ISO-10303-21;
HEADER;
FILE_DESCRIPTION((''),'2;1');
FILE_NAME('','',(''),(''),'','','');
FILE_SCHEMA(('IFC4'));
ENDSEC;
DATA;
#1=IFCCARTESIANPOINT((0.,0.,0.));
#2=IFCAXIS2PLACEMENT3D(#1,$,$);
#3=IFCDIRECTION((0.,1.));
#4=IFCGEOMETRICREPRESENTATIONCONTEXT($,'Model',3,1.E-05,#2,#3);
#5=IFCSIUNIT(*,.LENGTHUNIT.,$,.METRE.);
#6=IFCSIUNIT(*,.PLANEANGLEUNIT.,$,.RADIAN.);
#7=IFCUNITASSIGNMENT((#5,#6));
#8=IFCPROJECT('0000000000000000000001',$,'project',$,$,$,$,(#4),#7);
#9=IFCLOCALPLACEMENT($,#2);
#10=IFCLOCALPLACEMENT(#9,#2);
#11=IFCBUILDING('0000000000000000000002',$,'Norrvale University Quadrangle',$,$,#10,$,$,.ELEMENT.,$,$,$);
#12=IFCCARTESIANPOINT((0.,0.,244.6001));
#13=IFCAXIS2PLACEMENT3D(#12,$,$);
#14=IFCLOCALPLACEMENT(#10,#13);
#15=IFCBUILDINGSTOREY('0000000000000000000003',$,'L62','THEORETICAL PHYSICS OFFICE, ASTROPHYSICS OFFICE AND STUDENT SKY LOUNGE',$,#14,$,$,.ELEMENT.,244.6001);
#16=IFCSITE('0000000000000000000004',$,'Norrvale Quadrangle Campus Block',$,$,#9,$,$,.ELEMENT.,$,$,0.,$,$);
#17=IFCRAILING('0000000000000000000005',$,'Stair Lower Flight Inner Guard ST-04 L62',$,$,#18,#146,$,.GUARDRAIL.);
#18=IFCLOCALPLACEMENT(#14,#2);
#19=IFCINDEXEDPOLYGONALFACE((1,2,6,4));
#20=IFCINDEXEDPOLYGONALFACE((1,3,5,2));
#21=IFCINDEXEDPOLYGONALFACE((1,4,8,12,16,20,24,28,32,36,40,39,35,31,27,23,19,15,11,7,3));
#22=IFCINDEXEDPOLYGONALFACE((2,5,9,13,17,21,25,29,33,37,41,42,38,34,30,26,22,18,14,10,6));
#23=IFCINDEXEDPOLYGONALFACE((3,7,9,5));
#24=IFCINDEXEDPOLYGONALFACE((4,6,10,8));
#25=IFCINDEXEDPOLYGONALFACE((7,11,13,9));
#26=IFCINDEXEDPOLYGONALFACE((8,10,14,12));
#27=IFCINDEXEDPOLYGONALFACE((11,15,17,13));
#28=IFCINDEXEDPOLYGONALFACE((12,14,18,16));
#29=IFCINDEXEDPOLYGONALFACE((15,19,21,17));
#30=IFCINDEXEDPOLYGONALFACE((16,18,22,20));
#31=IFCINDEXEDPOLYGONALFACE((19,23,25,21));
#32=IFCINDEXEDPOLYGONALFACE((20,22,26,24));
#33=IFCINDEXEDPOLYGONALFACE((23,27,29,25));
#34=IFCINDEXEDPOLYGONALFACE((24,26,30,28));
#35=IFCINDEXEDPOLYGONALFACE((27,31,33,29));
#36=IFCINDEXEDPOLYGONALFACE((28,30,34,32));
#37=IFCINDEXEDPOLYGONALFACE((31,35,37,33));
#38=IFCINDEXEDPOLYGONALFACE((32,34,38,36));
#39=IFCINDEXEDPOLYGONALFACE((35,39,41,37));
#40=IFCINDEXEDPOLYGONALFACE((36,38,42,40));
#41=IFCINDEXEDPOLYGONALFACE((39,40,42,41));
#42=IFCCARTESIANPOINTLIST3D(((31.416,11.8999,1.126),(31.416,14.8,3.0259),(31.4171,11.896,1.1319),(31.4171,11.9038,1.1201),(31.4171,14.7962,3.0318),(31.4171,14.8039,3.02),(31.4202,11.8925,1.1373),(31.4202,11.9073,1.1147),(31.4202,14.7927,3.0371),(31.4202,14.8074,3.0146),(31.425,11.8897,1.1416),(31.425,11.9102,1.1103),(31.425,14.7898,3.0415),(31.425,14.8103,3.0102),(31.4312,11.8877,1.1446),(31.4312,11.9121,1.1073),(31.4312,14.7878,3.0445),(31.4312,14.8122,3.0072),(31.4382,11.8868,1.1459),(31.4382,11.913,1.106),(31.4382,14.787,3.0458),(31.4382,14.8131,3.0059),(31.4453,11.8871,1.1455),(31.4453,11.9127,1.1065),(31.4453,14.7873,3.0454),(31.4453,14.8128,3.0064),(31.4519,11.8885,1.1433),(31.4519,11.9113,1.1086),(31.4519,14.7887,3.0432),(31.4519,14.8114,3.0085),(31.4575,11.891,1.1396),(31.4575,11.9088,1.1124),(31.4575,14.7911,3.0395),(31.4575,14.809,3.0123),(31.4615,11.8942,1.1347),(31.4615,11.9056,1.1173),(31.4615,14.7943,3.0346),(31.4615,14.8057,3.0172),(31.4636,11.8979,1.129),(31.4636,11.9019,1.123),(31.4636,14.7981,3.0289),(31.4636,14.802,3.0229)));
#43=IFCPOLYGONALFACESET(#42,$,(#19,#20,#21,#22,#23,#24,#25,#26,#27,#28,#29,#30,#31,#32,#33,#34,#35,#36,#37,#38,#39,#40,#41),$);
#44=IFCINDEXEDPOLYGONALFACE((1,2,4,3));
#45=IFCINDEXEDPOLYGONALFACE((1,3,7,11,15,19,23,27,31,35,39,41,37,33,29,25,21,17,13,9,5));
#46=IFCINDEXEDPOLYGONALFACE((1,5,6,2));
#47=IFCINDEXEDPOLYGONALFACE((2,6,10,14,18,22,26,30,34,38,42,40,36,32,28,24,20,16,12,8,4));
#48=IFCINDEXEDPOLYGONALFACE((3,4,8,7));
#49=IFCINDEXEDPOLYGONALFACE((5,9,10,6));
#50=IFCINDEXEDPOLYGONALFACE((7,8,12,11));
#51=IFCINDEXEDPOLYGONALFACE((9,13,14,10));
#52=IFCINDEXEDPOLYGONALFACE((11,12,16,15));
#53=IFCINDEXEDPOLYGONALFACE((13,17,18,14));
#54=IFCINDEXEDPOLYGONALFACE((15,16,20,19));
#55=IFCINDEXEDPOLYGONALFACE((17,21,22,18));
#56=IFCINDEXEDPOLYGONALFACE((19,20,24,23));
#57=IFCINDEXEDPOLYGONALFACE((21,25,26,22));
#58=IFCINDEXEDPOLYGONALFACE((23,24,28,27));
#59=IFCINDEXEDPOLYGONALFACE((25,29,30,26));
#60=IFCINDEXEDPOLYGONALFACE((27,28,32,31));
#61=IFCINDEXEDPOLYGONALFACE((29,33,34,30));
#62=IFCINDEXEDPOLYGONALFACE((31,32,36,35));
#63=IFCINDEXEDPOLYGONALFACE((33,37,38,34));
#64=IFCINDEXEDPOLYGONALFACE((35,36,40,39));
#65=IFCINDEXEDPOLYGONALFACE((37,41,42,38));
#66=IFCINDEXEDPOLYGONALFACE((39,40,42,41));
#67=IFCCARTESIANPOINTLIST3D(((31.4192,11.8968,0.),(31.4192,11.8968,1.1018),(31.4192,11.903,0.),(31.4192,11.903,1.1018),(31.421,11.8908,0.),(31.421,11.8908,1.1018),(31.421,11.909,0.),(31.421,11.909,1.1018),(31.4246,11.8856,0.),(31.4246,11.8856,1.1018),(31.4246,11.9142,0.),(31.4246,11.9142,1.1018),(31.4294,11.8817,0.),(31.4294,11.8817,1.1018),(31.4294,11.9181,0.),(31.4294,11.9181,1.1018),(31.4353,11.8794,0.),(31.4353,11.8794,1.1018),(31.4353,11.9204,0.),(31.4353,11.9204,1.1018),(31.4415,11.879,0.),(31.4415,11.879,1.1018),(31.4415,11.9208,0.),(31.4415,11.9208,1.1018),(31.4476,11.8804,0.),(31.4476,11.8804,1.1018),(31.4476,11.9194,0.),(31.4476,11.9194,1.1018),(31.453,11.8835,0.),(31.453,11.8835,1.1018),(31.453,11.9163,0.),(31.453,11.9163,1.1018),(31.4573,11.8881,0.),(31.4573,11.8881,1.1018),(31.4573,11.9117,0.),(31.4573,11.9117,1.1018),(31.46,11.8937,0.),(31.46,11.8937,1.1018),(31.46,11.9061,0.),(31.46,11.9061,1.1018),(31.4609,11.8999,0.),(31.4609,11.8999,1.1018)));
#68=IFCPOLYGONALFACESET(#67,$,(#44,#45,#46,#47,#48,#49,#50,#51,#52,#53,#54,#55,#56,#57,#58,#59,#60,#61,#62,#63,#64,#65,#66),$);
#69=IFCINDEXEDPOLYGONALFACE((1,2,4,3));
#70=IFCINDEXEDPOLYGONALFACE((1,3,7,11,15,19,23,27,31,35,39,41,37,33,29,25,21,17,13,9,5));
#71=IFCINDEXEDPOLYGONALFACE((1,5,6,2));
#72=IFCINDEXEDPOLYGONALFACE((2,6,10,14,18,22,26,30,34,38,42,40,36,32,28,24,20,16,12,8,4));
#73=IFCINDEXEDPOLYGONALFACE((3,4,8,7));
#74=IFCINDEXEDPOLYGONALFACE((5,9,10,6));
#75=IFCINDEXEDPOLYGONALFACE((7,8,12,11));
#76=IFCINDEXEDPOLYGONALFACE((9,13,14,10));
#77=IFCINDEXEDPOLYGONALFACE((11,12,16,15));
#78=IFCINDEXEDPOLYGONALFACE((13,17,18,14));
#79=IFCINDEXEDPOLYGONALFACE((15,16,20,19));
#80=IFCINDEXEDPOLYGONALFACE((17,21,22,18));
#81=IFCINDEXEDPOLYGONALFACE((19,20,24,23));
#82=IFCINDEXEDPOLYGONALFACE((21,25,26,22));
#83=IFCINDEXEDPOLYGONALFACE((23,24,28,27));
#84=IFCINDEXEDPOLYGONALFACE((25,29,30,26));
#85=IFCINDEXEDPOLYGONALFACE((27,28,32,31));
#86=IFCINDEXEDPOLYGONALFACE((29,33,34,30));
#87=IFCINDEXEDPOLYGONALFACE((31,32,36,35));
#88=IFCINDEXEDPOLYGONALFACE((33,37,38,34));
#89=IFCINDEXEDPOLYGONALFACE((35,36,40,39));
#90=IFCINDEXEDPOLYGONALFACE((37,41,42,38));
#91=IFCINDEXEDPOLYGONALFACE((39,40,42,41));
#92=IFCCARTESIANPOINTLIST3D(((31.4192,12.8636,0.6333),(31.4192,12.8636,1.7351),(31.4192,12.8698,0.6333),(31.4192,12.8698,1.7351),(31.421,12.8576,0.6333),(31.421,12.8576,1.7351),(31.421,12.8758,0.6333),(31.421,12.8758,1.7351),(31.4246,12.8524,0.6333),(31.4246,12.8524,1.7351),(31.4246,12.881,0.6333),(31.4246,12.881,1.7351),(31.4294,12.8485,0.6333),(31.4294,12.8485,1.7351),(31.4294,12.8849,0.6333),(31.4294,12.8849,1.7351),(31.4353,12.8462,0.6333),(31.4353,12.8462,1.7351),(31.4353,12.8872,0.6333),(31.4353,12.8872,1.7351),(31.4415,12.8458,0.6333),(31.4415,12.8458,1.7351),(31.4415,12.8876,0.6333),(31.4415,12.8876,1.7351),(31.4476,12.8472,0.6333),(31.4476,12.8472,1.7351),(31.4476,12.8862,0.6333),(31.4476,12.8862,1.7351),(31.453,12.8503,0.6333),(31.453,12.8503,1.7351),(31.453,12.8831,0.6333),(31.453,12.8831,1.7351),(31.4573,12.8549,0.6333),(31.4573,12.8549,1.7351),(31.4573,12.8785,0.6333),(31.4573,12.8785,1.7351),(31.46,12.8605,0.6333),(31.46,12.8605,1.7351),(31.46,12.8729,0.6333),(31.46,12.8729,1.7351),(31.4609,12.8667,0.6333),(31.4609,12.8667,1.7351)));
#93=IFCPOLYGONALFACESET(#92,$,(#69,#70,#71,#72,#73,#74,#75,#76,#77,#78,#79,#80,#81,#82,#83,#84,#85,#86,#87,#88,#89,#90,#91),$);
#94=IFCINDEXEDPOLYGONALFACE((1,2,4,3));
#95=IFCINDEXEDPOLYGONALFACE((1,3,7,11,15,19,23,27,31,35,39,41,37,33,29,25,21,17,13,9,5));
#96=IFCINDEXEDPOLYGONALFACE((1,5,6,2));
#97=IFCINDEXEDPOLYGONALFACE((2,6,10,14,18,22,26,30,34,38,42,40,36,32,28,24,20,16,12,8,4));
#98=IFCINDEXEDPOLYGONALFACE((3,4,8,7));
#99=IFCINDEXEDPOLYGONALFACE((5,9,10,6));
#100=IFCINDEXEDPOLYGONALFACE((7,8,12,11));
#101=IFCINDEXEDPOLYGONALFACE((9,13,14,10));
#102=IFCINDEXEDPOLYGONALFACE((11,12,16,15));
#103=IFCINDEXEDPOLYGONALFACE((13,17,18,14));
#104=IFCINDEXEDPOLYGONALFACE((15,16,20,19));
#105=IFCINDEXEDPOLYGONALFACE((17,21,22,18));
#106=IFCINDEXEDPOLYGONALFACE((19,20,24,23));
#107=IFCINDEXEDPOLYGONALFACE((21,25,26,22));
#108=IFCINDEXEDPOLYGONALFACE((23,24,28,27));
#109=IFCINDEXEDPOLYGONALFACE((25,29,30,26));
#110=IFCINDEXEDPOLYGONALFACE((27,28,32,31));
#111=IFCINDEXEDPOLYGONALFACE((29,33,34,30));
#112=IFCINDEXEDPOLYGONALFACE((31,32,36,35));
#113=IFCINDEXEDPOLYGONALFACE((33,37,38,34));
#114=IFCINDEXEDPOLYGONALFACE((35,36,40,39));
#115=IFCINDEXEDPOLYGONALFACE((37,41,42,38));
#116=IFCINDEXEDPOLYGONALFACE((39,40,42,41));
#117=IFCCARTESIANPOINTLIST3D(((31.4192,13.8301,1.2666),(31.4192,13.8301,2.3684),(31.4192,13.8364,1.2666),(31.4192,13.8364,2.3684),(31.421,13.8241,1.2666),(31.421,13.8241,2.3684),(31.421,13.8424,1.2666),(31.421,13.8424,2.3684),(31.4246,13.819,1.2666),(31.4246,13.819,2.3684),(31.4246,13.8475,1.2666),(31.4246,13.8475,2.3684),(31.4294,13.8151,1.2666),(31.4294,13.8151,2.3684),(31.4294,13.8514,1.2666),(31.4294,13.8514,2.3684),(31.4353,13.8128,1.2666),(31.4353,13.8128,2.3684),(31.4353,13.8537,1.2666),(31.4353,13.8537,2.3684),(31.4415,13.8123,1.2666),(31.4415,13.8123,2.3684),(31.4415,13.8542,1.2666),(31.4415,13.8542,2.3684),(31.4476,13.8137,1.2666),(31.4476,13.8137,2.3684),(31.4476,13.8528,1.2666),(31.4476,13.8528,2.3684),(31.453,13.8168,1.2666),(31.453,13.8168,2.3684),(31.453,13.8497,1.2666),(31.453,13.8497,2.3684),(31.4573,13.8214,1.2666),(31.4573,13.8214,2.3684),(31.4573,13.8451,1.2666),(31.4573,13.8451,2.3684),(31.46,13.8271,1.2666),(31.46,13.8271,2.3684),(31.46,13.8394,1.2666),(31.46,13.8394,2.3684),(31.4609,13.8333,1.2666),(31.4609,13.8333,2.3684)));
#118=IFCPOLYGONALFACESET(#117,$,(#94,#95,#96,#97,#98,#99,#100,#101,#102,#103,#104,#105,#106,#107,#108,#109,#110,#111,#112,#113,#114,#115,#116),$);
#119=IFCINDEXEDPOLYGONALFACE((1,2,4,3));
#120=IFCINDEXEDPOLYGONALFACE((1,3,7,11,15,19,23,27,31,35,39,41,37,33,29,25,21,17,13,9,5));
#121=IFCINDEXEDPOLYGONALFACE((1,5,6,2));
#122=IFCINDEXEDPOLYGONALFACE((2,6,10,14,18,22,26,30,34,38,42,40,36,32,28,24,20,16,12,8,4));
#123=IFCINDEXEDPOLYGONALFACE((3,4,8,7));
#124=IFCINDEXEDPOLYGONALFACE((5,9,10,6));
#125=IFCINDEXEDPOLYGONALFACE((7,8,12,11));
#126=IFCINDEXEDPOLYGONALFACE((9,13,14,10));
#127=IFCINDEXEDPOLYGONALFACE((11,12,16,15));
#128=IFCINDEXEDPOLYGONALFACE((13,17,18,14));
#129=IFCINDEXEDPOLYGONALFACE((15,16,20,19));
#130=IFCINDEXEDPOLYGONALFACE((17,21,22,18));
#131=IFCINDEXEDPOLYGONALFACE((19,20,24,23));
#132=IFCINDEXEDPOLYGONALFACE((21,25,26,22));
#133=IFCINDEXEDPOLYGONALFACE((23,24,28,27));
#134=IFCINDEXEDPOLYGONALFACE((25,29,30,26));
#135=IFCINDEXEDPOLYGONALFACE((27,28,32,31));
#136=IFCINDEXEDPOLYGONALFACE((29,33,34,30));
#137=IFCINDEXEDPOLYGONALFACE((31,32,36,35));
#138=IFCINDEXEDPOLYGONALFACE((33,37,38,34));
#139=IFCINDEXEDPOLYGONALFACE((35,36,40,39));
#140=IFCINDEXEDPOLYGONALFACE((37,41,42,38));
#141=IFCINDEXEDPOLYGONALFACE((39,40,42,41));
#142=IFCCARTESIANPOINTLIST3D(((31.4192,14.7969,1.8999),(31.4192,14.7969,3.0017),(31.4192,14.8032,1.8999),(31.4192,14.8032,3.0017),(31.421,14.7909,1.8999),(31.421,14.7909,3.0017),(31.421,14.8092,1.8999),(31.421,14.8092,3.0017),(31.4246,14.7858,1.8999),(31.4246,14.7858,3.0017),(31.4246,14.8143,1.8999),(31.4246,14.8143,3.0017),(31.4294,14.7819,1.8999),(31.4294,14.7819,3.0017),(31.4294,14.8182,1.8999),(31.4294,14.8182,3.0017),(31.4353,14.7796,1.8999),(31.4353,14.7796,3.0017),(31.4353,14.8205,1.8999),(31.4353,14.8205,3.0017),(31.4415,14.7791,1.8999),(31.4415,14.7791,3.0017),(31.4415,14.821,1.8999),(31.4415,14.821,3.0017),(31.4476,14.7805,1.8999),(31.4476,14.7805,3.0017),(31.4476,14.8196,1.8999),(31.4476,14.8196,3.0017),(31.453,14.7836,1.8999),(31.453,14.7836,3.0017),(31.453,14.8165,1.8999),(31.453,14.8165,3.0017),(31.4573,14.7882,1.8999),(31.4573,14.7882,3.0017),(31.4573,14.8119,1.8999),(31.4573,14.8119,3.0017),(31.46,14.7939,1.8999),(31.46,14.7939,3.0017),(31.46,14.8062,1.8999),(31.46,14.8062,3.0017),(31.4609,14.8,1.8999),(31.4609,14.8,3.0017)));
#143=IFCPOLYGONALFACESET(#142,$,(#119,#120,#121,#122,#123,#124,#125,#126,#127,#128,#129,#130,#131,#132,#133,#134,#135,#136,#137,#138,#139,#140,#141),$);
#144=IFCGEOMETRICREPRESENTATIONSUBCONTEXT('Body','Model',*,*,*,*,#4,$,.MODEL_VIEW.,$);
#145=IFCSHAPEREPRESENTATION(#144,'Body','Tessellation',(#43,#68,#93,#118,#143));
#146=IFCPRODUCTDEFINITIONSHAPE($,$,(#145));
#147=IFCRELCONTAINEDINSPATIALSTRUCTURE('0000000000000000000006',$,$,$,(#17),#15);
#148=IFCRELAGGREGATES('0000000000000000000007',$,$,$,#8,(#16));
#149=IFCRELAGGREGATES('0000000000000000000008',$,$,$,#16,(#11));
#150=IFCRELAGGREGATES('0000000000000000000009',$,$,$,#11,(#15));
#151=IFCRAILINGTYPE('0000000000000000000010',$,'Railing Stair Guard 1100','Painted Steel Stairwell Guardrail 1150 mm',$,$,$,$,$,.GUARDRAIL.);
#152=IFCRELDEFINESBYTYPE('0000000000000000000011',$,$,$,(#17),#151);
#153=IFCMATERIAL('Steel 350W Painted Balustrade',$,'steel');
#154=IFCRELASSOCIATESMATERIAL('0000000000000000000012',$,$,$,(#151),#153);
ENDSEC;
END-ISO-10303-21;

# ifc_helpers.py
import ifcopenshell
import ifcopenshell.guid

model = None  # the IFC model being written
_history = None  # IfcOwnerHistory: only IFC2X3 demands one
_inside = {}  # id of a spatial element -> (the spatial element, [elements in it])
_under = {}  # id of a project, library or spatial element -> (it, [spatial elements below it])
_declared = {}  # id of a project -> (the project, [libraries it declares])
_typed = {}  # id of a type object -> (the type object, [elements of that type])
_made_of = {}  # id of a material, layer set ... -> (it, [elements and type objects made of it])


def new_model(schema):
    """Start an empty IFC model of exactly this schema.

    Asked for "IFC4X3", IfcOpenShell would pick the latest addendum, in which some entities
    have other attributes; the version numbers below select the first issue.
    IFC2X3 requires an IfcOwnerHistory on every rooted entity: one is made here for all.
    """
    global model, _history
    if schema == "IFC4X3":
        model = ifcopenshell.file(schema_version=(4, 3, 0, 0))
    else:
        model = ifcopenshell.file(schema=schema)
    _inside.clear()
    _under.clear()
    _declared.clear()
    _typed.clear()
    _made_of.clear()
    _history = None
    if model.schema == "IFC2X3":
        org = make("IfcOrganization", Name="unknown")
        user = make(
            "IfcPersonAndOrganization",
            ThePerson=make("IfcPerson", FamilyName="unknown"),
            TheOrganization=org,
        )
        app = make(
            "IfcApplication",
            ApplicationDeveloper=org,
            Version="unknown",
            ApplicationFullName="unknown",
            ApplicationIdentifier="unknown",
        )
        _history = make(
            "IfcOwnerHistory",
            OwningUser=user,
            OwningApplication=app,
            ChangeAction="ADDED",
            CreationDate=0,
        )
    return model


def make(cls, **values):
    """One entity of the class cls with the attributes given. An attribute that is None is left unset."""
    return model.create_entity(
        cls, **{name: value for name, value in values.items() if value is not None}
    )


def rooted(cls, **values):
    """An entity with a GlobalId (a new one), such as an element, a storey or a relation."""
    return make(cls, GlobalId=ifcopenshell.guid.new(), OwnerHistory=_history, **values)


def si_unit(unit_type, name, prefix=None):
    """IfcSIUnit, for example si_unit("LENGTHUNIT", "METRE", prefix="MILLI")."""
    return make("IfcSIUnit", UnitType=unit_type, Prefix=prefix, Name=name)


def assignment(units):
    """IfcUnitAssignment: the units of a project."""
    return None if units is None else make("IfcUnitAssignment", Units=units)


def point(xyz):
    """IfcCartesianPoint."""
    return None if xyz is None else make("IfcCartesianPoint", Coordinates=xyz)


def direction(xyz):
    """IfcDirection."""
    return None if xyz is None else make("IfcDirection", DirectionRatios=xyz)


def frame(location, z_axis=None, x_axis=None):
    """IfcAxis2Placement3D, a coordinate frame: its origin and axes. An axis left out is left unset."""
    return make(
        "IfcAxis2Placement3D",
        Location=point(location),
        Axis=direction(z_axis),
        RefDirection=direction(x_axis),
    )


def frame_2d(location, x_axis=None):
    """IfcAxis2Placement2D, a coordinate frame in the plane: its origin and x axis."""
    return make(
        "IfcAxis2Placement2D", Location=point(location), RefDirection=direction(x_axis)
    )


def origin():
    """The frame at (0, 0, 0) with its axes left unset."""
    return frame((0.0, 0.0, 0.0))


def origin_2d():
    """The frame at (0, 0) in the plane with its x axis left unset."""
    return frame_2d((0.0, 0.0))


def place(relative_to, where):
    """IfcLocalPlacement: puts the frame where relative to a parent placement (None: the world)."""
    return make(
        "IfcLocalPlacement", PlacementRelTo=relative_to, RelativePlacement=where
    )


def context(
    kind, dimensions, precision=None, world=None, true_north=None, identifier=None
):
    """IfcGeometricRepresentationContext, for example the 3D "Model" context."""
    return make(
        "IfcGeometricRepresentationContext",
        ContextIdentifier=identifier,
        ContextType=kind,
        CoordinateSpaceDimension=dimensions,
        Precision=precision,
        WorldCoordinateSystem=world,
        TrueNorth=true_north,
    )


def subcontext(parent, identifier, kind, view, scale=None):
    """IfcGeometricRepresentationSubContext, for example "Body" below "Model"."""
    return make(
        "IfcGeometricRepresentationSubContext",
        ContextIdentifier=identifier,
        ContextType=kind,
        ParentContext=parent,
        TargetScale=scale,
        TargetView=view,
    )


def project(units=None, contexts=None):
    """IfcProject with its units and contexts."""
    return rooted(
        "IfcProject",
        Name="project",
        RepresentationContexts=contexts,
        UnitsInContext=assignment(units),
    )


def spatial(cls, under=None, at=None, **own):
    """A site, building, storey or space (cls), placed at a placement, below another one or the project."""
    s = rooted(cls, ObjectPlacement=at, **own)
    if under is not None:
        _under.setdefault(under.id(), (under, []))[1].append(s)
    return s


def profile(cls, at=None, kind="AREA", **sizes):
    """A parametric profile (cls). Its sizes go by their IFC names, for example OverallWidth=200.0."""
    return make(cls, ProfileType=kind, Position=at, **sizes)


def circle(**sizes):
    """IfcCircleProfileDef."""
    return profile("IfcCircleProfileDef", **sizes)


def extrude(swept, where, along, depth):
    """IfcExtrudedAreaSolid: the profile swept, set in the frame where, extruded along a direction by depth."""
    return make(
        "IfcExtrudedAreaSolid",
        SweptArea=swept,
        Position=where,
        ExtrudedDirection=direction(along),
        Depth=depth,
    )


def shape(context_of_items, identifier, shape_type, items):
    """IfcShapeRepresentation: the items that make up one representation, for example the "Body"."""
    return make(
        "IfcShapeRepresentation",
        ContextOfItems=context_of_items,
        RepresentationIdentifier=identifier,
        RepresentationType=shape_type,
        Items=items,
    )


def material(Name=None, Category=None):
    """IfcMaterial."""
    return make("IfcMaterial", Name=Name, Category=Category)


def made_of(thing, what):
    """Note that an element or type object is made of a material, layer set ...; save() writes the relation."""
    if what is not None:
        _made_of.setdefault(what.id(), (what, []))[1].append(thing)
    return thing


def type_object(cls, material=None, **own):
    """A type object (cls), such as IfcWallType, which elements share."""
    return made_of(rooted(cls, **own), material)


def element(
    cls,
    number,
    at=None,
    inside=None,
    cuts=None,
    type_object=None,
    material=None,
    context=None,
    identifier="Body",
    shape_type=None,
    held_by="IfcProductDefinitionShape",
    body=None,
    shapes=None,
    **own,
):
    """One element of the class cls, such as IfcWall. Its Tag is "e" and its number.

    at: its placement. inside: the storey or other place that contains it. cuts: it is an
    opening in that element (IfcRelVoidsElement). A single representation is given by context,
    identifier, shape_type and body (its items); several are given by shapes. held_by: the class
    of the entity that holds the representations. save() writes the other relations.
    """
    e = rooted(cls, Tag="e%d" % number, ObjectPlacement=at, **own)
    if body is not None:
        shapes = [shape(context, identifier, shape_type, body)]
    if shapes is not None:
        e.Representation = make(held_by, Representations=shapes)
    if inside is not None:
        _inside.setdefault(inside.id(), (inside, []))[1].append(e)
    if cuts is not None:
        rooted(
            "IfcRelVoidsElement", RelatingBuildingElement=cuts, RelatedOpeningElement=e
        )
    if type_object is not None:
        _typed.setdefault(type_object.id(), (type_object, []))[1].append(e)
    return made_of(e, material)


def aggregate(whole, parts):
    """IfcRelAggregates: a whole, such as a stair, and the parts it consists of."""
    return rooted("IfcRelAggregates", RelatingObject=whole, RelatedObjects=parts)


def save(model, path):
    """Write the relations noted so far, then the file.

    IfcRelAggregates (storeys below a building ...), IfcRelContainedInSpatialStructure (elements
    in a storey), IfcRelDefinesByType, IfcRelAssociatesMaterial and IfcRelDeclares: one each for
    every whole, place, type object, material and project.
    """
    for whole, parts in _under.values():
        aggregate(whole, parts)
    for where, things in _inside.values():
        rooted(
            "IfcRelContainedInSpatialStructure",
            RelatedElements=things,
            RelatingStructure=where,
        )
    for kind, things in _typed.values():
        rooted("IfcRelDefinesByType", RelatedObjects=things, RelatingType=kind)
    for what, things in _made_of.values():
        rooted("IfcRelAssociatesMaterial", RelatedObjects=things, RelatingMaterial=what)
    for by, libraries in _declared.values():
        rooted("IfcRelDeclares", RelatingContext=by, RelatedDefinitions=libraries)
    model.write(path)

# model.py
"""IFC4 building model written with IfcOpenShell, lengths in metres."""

from ifc_helpers import new_model, si_unit, direction, frame, origin, origin_2d, place, context, subcontext, project, spatial, circle, extrude, material, type_object, element, save


model = new_model("IFC4")

# Units and contexts
model_context = context("Model", 3, precision=1e-05, world=origin(), true_north=direction((0.0, 1.0)))
body_context = subcontext(model_context, "Body", "Model", "MODEL_VIEW")
ifc_project = project(units=[si_unit("LENGTHUNIT", "METRE"), si_unit("PLANEANGLEUNIT", "RADIAN")], contexts=[model_context])

# Site, building, storey
site_placement = place(None, origin())
site = spatial("IfcSite", under=ifc_project, at=site_placement, Name="Norrvale Quadrangle Campus Block", CompositionType="ELEMENT", RefElevation=0.0)
building_placement = place(site_placement, origin())
building = spatial("IfcBuilding", under=site, at=building_placement, Name="Norrvale University Quadrangle", CompositionType="ELEMENT")
storey_placement = place(building_placement, frame((0.0, 0.0, 244.6001)))
storey = spatial("IfcBuildingStorey", under=building, at=storey_placement, Name="L62", Description="THEORETICAL PHYSICS OFFICE, ASTROPHYSICS OFFICE AND STUDENT SKY LOUNGE", CompositionType="ELEMENT", Elevation=244.6001)

# Railing
ifc_material_1 = material(Name="Steel 350W Painted Balustrade", Category="steel")
railing_type_1 = type_object("IfcRailingType", Name="Railing Stair Guard 1100", Description="Painted Steel Stairwell Guardrail 1150 mm", PredefinedType="GUARDRAIL", material=ifc_material_1)
railing_1_placement = place(storey_placement, frame((31.4399, 11.8999, 0.0)))
element("IfcRailing", 1, at=railing_1_placement, inside=storey, type_object=railing_type_1, Name="Stair Lower Flight Inner Guard ST-04 L62", PredefinedType="GUARDRAIL", context=body_context, shape_type="SweptSolid", body=[
    extrude(circle(Radius=0.0239, at=origin_2d()), frame((0.0, 0.0, 1.126), z_axis=(0.0, 0.836487, 0.547987), x_axis=(-1.0, 0.0, 0.0)), (0.0, 0.0, 1.0), 3.467),
    extrude(circle(Radius=0.021, at=origin_2d()), origin(), (0.0, 0.0, 1.0), 1.1018),
    extrude(circle(Radius=0.021, at=origin_2d()), frame((0.0, 0.9668, 0.6333)), (0.0, 0.0, 1.0), 1.1018),
    extrude(circle(Radius=0.021, at=origin_2d()), frame((0.0, 1.9333, 1.2666)), (0.0, 0.0, 1.0), 1.1018),
    extrude(circle(Radius=0.021, at=origin_2d()), frame((0.0, 2.9001, 1.8999)), (0.0, 0.0, 1.0), 1.1018),
])

save(model, "model.ifc")
